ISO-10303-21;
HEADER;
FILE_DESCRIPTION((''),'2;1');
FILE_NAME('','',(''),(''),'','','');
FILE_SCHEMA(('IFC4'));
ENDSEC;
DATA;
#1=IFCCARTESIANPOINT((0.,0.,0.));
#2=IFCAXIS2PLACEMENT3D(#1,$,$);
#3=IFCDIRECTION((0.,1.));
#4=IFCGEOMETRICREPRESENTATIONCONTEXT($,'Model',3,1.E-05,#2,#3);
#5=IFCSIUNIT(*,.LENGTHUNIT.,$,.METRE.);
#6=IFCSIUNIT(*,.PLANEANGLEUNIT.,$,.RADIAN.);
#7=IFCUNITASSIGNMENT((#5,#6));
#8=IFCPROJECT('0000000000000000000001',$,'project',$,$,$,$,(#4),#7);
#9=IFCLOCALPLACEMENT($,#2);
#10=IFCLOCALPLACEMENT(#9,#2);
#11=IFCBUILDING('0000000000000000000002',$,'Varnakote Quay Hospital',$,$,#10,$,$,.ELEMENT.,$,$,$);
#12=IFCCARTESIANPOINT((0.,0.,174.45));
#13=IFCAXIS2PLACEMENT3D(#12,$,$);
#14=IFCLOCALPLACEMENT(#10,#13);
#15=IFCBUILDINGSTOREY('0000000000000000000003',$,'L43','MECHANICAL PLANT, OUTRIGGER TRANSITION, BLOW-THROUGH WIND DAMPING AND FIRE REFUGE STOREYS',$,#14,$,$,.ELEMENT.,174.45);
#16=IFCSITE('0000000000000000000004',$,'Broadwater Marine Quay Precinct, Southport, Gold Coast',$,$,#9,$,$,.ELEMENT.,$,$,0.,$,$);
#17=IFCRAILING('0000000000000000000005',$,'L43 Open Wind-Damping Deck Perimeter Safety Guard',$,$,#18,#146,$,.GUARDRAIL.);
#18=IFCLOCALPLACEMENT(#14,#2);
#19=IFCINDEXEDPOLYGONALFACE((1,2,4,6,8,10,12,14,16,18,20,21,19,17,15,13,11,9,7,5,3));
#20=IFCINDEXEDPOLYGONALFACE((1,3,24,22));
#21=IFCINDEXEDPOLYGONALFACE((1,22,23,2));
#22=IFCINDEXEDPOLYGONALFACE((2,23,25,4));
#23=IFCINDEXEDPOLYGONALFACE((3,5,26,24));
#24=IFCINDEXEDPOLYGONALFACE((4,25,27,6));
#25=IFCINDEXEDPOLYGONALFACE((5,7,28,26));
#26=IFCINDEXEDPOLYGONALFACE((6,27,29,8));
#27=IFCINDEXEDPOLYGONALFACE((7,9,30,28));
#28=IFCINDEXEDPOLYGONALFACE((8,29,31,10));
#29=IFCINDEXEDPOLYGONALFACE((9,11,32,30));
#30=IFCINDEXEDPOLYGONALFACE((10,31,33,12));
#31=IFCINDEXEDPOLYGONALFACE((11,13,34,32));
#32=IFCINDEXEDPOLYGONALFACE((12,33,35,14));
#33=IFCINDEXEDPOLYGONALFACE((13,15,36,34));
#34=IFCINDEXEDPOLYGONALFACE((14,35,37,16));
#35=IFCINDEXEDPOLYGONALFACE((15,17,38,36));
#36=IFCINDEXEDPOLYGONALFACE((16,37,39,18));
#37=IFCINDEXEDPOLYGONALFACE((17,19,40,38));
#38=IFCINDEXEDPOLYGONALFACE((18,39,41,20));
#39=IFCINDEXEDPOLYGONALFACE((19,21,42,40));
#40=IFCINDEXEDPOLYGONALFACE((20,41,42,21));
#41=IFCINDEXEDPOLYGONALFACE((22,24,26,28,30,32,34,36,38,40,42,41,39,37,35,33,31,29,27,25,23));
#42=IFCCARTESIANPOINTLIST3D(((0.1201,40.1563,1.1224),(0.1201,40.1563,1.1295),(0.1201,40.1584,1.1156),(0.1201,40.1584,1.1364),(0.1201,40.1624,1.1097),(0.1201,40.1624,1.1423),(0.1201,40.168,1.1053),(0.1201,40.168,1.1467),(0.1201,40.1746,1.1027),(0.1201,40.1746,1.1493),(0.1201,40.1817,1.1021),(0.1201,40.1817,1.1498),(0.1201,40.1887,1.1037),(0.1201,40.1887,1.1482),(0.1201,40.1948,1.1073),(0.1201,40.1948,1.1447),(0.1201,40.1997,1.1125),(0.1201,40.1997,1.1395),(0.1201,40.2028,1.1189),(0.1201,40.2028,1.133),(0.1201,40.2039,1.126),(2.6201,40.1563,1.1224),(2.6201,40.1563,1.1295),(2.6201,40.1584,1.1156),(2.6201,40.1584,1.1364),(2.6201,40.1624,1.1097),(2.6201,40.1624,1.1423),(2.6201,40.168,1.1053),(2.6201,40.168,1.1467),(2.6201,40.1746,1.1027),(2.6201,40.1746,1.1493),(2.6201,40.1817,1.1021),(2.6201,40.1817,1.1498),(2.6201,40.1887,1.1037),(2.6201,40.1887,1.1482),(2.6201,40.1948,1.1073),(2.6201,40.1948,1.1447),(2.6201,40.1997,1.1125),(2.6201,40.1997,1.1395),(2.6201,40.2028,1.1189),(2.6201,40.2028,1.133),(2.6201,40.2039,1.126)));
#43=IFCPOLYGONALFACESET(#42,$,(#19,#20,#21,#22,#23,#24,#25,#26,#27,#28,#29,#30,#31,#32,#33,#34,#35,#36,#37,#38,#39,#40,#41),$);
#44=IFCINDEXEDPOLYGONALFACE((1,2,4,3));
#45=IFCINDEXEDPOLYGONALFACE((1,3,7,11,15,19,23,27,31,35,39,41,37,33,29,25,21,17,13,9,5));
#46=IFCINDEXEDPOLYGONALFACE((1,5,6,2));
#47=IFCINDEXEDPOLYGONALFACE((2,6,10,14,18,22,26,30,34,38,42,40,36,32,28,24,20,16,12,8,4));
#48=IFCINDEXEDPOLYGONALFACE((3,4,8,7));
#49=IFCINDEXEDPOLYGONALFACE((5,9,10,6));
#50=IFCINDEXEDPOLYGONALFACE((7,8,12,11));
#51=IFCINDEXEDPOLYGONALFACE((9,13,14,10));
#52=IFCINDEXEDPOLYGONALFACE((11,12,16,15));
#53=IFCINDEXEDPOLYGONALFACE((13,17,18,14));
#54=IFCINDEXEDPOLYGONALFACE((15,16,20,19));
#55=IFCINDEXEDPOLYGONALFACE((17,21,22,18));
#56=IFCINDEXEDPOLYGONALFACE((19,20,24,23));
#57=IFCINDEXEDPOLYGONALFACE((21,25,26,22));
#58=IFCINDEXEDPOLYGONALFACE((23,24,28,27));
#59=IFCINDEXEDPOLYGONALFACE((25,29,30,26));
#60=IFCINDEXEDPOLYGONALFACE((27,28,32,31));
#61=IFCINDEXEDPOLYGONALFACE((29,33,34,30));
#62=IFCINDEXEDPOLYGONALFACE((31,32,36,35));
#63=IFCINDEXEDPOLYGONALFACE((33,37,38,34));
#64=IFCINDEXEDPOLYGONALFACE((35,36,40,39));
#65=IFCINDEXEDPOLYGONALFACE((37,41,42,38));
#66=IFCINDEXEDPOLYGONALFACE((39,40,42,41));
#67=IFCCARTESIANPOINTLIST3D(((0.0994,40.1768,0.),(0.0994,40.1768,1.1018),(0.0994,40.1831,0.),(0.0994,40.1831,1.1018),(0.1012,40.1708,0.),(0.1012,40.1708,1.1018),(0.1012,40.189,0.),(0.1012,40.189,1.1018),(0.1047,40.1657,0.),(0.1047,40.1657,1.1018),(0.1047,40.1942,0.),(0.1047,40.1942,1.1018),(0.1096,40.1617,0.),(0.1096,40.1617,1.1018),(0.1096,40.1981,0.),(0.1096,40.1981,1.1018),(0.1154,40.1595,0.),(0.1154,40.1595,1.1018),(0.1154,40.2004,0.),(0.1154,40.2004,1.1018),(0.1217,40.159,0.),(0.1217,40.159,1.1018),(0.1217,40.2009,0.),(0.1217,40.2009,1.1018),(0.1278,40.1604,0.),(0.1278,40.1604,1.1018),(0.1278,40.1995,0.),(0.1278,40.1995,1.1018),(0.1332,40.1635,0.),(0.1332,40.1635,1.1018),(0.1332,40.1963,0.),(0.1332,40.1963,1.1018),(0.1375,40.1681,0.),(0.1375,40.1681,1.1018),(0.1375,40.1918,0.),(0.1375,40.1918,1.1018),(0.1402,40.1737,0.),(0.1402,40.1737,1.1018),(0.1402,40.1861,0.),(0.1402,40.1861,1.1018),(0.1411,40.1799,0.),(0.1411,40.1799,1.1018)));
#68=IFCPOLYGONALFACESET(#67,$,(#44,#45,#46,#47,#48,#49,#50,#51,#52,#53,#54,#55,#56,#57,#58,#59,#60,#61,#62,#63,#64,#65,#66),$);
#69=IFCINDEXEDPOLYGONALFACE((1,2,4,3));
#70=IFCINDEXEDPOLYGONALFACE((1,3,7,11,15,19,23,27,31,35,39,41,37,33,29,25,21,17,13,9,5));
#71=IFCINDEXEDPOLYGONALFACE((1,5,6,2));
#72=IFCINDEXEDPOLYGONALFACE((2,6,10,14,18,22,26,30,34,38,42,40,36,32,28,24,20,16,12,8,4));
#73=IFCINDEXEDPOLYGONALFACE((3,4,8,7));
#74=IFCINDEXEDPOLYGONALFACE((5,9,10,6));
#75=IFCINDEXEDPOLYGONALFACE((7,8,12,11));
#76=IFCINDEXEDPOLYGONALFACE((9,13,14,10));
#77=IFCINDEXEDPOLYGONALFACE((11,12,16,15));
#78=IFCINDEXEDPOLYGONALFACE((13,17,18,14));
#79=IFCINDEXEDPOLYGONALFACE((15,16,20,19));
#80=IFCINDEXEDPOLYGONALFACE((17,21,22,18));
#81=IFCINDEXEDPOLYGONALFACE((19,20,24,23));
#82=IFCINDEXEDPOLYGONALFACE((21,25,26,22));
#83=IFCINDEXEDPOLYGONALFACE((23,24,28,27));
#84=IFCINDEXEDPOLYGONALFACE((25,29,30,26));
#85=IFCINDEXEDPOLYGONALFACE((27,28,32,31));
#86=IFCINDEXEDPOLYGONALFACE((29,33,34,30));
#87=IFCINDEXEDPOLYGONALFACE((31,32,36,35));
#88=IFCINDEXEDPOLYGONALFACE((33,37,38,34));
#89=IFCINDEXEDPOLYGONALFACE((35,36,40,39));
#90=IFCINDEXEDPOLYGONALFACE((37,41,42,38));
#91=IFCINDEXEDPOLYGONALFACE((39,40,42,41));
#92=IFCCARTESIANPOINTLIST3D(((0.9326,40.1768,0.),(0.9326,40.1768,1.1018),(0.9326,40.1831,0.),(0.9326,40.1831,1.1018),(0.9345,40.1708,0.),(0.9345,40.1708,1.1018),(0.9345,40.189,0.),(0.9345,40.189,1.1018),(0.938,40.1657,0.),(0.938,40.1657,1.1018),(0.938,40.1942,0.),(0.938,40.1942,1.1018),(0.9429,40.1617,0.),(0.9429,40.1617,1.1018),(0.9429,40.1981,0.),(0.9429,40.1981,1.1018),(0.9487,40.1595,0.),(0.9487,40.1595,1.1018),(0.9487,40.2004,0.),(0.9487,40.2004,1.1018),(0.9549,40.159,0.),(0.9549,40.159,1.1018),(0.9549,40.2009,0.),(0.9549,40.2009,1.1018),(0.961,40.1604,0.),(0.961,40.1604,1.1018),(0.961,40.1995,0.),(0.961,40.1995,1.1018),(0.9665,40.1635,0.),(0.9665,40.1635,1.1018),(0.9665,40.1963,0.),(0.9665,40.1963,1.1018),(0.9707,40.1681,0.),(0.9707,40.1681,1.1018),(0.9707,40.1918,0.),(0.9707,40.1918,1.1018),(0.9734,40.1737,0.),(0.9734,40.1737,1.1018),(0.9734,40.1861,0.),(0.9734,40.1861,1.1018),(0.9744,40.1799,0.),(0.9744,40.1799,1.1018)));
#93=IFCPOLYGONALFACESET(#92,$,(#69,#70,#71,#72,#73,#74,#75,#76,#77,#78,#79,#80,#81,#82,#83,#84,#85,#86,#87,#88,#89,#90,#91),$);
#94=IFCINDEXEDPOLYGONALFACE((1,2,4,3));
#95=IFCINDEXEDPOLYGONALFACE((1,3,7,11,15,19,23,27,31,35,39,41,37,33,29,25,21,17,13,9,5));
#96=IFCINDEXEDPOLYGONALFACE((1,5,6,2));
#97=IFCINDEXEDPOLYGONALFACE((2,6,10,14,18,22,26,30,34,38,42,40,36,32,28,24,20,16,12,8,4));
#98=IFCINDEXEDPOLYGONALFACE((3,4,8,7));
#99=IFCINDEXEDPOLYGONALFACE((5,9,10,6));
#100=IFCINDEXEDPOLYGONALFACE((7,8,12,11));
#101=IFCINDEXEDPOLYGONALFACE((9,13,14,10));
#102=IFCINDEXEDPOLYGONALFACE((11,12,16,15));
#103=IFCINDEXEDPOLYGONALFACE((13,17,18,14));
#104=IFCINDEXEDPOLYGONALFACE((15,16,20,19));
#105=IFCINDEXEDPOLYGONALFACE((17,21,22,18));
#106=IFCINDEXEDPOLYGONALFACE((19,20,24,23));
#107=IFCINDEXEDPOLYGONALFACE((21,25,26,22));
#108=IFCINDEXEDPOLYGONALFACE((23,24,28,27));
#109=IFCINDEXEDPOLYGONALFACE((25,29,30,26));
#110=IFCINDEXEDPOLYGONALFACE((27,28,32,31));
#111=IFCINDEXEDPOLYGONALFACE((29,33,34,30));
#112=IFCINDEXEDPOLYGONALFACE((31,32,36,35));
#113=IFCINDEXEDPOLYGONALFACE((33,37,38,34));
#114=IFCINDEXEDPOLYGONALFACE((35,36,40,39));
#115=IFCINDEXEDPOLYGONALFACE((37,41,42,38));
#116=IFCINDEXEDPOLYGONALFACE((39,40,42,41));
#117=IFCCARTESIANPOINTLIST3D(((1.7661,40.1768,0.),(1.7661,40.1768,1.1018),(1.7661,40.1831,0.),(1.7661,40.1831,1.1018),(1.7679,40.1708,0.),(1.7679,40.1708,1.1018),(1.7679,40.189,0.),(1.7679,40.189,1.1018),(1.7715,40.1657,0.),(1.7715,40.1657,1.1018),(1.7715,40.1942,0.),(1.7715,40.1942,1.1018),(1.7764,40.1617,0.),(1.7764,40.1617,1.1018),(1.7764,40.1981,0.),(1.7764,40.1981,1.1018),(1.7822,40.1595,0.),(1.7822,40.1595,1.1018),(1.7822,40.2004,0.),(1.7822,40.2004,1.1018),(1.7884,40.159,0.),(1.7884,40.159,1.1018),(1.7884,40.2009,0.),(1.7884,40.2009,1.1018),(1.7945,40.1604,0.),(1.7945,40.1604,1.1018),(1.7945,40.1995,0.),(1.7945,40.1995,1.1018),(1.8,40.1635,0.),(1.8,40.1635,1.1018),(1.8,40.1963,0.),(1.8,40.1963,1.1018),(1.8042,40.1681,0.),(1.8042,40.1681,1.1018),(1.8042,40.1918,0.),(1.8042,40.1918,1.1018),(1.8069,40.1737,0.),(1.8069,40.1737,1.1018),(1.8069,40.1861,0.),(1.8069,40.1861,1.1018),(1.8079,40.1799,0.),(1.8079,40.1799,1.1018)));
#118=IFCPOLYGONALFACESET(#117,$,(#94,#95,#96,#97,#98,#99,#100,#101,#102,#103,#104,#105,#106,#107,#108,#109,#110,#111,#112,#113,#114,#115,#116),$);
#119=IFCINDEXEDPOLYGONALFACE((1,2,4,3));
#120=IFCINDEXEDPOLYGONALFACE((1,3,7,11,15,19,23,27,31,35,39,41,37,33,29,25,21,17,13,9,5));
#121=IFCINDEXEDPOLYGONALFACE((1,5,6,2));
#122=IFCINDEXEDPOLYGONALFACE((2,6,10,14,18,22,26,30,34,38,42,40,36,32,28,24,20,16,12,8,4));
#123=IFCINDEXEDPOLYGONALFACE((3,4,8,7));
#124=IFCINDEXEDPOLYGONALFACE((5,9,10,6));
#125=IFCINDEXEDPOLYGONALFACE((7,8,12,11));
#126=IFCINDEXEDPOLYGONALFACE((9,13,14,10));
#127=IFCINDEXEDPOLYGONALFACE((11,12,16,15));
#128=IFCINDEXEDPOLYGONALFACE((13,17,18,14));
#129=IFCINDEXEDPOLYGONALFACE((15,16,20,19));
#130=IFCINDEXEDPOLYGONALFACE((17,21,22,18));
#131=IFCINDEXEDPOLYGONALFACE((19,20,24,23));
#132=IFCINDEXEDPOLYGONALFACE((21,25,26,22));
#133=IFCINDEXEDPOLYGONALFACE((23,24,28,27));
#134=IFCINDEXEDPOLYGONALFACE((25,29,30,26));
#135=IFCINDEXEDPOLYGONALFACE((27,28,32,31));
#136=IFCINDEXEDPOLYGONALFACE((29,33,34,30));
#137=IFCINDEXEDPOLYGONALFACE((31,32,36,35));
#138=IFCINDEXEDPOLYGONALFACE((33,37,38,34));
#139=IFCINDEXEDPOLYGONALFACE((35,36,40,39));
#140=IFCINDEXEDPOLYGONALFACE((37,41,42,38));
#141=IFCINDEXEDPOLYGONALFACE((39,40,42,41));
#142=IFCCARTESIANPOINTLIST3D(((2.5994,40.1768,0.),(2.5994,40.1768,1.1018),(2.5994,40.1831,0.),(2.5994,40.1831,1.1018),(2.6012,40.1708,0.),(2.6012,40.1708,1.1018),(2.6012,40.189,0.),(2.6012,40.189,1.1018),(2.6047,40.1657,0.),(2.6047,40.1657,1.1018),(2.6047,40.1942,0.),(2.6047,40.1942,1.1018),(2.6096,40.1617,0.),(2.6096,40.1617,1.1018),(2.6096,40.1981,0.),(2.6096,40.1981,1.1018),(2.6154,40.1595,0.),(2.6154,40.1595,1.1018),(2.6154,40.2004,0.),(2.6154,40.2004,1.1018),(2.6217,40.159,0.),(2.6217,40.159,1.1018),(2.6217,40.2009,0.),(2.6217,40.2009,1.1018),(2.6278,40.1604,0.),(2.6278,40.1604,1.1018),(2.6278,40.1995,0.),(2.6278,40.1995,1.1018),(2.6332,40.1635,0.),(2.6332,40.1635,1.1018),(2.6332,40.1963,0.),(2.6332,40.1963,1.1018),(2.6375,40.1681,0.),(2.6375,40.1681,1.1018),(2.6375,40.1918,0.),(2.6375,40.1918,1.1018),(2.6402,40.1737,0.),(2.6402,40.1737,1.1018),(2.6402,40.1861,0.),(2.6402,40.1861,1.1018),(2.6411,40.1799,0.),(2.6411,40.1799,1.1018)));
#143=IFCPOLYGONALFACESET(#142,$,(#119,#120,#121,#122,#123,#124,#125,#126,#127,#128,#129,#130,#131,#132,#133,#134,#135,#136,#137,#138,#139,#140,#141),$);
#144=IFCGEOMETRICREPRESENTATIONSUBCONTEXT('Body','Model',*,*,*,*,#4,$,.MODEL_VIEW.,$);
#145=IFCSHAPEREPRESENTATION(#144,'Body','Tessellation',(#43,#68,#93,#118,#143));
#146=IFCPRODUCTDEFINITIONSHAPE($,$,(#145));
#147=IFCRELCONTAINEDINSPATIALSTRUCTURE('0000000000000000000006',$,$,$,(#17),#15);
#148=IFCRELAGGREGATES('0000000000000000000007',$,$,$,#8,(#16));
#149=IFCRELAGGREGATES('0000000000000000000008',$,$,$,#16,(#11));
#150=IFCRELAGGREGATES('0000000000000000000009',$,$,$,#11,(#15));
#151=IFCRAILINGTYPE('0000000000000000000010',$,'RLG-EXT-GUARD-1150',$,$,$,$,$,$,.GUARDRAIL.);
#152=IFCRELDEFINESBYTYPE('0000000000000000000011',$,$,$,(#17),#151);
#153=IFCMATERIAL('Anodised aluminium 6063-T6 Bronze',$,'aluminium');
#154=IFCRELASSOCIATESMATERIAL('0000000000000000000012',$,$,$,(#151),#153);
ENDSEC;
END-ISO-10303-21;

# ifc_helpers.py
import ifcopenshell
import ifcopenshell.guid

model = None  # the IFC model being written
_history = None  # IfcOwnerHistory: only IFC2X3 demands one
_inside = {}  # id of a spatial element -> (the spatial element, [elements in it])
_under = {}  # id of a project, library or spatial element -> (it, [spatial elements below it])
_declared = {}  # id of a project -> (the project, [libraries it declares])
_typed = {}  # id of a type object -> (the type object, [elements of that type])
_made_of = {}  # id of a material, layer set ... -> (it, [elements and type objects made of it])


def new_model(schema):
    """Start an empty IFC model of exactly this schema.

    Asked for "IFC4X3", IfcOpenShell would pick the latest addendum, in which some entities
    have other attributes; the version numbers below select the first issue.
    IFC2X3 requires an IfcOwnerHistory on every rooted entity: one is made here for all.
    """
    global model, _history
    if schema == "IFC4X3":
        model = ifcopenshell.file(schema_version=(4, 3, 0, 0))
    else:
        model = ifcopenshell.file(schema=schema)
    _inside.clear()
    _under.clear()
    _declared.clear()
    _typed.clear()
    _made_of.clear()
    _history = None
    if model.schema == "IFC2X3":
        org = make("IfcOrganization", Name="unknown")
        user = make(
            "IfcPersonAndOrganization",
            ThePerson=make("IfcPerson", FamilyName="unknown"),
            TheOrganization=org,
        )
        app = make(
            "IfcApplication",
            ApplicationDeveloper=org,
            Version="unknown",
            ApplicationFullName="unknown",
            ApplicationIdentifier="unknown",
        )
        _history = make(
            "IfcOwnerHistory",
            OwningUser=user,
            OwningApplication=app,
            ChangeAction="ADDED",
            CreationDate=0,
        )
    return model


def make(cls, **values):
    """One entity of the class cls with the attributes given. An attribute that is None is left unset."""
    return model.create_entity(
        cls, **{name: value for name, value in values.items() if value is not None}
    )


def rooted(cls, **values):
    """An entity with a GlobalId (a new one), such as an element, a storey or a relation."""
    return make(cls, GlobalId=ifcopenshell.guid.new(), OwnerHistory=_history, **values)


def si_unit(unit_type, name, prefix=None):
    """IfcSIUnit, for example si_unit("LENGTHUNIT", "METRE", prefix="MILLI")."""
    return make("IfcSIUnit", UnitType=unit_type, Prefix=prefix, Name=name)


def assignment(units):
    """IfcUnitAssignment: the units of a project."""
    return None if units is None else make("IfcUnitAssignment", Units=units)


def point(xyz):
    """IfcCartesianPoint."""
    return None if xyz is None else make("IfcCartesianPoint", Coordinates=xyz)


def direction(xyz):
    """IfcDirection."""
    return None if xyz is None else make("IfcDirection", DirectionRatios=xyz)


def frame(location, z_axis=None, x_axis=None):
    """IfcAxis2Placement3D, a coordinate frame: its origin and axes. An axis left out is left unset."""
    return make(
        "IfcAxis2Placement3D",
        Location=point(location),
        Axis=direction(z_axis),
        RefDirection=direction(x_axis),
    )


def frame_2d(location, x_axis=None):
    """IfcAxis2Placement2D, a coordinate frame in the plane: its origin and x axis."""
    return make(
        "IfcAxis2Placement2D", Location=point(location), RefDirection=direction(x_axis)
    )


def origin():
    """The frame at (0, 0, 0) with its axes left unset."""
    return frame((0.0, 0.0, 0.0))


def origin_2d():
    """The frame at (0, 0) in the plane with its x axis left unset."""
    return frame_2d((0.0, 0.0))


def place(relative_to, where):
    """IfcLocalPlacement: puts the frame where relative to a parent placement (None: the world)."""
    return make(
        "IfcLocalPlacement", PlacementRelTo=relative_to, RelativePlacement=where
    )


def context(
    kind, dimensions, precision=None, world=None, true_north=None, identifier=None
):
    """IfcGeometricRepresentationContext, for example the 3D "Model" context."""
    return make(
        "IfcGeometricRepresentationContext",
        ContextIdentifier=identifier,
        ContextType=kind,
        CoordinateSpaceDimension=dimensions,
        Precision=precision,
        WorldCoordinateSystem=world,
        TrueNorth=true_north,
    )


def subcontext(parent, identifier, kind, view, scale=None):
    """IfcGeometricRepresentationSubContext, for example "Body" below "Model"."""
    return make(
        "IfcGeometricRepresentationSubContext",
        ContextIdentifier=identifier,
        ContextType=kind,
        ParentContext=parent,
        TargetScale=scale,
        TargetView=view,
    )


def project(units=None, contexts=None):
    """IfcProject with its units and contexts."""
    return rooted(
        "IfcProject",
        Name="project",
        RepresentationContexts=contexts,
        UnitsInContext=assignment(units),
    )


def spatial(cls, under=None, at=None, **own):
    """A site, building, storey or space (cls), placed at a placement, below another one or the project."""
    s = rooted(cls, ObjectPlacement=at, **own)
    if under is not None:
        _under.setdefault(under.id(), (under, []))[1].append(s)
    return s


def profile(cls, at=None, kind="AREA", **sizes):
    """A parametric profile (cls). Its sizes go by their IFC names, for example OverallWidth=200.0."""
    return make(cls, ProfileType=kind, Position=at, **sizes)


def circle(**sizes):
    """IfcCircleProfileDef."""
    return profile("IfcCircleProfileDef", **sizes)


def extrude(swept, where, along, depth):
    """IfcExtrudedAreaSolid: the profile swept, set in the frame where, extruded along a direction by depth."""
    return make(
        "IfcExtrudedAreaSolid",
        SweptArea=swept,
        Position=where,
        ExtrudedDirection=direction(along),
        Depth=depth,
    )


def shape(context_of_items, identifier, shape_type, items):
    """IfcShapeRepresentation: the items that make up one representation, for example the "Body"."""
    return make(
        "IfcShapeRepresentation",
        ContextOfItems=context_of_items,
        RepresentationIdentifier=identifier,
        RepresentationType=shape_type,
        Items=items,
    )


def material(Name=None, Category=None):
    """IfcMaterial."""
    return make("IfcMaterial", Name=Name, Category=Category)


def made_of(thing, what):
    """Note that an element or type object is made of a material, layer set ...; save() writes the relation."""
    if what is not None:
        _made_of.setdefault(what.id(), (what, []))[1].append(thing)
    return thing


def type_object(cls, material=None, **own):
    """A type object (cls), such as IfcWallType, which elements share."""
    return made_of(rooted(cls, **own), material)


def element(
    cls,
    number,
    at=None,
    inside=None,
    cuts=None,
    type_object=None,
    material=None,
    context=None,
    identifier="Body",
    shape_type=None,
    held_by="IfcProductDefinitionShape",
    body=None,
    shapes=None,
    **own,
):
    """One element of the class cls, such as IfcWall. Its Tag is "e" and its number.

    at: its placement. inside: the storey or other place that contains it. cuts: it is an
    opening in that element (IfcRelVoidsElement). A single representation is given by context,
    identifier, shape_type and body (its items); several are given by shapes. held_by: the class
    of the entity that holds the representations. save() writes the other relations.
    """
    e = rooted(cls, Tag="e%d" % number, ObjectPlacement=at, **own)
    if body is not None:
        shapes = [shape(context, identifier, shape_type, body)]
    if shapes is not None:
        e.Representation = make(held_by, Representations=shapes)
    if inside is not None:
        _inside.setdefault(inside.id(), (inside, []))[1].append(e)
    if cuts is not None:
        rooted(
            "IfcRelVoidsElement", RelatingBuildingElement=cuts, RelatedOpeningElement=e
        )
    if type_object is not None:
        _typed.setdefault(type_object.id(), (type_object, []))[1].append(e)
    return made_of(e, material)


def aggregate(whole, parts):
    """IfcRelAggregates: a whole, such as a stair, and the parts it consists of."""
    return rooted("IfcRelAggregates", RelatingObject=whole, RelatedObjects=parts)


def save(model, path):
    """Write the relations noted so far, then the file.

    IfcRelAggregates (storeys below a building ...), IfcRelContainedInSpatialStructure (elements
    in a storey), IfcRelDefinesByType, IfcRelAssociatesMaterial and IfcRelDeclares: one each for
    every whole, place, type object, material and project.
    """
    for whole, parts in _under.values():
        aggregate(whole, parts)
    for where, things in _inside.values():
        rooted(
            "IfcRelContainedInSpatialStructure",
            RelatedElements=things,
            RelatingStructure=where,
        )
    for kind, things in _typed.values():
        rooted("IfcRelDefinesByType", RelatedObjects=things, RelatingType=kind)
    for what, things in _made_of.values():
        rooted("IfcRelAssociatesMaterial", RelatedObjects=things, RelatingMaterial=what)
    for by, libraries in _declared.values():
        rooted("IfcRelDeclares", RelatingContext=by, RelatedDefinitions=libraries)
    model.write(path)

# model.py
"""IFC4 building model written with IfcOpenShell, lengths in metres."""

from ifc_helpers import new_model, si_unit, direction, frame, origin, origin_2d, place, context, subcontext, project, spatial, circle, extrude, material, type_object, element, save


model = new_model("IFC4")

# Units and contexts
model_context = context("Model", 3, precision=1e-05, world=origin(), true_north=direction((0.0, 1.0)))
body_context = subcontext(model_context, "Body", "Model", "MODEL_VIEW")
ifc_project = project(units=[si_unit("LENGTHUNIT", "METRE"), si_unit("PLANEANGLEUNIT", "RADIAN")], contexts=[model_context])

# Site, building, storey
site_placement = place(None, origin())
site = spatial("IfcSite", under=ifc_project, at=site_placement, Name="Broadwater Marine Quay Precinct, Southport, Gold Coast", CompositionType="ELEMENT", RefElevation=0.0)
building_placement = place(site_placement, origin())
building = spatial("IfcBuilding", under=site, at=building_placement, Name="Varnakote Quay Hospital", CompositionType="ELEMENT")
storey_placement = place(building_placement, frame((0.0, 0.0, 174.45)))
storey = spatial("IfcBuildingStorey", under=building, at=storey_placement, Name="L43", Description="MECHANICAL PLANT, OUTRIGGER TRANSITION, BLOW-THROUGH WIND DAMPING AND FIRE REFUGE STOREYS", CompositionType="ELEMENT", Elevation=174.45)

# Railing
ifc_material_1 = material(Name="Anodised aluminium 6063-T6 Bronze", Category="aluminium")
railing_type = type_object("IfcRailingType", Name="RLG-EXT-GUARD-1150", PredefinedType="GUARDRAIL", material=ifc_material_1)
railing_1_placement = place(storey_placement, frame((0.1201, 40.1799, 0.0)))
element("IfcRailing", 1, at=railing_1_placement, inside=storey, type_object=railing_type, Name="L43 Open Wind-Damping Deck Perimeter Safety Guard", PredefinedType="GUARDRAIL", context=body_context, shape_type="SweptSolid", body=[
    extrude(circle(Radius=0.0239, at=origin_2d()), frame((0.0, 0.0, 1.126), z_axis=(1.0, 0.0, 0.0), x_axis=(0.0, 1.0, 0.0)), (0.0, 0.0, 1.0), 2.5),
    extrude(circle(Radius=0.021, at=origin_2d()), origin(), (0.0, 0.0, 1.0), 1.1018),
    extrude(circle(Radius=0.021, at=origin_2d()), frame((0.8333, 0.0, 0.0)), (0.0, 0.0, 1.0), 1.1018),
    extrude(circle(Radius=0.021, at=origin_2d()), frame((1.6667, 0.0, 0.0)), (0.0, 0.0, 1.0), 1.1018),
    extrude(circle(Radius=0.021, at=origin_2d()), frame((2.5, 0.0, 0.0)), (0.0, 0.0, 1.0), 1.1018),
])

save(model, "model.ifc")
